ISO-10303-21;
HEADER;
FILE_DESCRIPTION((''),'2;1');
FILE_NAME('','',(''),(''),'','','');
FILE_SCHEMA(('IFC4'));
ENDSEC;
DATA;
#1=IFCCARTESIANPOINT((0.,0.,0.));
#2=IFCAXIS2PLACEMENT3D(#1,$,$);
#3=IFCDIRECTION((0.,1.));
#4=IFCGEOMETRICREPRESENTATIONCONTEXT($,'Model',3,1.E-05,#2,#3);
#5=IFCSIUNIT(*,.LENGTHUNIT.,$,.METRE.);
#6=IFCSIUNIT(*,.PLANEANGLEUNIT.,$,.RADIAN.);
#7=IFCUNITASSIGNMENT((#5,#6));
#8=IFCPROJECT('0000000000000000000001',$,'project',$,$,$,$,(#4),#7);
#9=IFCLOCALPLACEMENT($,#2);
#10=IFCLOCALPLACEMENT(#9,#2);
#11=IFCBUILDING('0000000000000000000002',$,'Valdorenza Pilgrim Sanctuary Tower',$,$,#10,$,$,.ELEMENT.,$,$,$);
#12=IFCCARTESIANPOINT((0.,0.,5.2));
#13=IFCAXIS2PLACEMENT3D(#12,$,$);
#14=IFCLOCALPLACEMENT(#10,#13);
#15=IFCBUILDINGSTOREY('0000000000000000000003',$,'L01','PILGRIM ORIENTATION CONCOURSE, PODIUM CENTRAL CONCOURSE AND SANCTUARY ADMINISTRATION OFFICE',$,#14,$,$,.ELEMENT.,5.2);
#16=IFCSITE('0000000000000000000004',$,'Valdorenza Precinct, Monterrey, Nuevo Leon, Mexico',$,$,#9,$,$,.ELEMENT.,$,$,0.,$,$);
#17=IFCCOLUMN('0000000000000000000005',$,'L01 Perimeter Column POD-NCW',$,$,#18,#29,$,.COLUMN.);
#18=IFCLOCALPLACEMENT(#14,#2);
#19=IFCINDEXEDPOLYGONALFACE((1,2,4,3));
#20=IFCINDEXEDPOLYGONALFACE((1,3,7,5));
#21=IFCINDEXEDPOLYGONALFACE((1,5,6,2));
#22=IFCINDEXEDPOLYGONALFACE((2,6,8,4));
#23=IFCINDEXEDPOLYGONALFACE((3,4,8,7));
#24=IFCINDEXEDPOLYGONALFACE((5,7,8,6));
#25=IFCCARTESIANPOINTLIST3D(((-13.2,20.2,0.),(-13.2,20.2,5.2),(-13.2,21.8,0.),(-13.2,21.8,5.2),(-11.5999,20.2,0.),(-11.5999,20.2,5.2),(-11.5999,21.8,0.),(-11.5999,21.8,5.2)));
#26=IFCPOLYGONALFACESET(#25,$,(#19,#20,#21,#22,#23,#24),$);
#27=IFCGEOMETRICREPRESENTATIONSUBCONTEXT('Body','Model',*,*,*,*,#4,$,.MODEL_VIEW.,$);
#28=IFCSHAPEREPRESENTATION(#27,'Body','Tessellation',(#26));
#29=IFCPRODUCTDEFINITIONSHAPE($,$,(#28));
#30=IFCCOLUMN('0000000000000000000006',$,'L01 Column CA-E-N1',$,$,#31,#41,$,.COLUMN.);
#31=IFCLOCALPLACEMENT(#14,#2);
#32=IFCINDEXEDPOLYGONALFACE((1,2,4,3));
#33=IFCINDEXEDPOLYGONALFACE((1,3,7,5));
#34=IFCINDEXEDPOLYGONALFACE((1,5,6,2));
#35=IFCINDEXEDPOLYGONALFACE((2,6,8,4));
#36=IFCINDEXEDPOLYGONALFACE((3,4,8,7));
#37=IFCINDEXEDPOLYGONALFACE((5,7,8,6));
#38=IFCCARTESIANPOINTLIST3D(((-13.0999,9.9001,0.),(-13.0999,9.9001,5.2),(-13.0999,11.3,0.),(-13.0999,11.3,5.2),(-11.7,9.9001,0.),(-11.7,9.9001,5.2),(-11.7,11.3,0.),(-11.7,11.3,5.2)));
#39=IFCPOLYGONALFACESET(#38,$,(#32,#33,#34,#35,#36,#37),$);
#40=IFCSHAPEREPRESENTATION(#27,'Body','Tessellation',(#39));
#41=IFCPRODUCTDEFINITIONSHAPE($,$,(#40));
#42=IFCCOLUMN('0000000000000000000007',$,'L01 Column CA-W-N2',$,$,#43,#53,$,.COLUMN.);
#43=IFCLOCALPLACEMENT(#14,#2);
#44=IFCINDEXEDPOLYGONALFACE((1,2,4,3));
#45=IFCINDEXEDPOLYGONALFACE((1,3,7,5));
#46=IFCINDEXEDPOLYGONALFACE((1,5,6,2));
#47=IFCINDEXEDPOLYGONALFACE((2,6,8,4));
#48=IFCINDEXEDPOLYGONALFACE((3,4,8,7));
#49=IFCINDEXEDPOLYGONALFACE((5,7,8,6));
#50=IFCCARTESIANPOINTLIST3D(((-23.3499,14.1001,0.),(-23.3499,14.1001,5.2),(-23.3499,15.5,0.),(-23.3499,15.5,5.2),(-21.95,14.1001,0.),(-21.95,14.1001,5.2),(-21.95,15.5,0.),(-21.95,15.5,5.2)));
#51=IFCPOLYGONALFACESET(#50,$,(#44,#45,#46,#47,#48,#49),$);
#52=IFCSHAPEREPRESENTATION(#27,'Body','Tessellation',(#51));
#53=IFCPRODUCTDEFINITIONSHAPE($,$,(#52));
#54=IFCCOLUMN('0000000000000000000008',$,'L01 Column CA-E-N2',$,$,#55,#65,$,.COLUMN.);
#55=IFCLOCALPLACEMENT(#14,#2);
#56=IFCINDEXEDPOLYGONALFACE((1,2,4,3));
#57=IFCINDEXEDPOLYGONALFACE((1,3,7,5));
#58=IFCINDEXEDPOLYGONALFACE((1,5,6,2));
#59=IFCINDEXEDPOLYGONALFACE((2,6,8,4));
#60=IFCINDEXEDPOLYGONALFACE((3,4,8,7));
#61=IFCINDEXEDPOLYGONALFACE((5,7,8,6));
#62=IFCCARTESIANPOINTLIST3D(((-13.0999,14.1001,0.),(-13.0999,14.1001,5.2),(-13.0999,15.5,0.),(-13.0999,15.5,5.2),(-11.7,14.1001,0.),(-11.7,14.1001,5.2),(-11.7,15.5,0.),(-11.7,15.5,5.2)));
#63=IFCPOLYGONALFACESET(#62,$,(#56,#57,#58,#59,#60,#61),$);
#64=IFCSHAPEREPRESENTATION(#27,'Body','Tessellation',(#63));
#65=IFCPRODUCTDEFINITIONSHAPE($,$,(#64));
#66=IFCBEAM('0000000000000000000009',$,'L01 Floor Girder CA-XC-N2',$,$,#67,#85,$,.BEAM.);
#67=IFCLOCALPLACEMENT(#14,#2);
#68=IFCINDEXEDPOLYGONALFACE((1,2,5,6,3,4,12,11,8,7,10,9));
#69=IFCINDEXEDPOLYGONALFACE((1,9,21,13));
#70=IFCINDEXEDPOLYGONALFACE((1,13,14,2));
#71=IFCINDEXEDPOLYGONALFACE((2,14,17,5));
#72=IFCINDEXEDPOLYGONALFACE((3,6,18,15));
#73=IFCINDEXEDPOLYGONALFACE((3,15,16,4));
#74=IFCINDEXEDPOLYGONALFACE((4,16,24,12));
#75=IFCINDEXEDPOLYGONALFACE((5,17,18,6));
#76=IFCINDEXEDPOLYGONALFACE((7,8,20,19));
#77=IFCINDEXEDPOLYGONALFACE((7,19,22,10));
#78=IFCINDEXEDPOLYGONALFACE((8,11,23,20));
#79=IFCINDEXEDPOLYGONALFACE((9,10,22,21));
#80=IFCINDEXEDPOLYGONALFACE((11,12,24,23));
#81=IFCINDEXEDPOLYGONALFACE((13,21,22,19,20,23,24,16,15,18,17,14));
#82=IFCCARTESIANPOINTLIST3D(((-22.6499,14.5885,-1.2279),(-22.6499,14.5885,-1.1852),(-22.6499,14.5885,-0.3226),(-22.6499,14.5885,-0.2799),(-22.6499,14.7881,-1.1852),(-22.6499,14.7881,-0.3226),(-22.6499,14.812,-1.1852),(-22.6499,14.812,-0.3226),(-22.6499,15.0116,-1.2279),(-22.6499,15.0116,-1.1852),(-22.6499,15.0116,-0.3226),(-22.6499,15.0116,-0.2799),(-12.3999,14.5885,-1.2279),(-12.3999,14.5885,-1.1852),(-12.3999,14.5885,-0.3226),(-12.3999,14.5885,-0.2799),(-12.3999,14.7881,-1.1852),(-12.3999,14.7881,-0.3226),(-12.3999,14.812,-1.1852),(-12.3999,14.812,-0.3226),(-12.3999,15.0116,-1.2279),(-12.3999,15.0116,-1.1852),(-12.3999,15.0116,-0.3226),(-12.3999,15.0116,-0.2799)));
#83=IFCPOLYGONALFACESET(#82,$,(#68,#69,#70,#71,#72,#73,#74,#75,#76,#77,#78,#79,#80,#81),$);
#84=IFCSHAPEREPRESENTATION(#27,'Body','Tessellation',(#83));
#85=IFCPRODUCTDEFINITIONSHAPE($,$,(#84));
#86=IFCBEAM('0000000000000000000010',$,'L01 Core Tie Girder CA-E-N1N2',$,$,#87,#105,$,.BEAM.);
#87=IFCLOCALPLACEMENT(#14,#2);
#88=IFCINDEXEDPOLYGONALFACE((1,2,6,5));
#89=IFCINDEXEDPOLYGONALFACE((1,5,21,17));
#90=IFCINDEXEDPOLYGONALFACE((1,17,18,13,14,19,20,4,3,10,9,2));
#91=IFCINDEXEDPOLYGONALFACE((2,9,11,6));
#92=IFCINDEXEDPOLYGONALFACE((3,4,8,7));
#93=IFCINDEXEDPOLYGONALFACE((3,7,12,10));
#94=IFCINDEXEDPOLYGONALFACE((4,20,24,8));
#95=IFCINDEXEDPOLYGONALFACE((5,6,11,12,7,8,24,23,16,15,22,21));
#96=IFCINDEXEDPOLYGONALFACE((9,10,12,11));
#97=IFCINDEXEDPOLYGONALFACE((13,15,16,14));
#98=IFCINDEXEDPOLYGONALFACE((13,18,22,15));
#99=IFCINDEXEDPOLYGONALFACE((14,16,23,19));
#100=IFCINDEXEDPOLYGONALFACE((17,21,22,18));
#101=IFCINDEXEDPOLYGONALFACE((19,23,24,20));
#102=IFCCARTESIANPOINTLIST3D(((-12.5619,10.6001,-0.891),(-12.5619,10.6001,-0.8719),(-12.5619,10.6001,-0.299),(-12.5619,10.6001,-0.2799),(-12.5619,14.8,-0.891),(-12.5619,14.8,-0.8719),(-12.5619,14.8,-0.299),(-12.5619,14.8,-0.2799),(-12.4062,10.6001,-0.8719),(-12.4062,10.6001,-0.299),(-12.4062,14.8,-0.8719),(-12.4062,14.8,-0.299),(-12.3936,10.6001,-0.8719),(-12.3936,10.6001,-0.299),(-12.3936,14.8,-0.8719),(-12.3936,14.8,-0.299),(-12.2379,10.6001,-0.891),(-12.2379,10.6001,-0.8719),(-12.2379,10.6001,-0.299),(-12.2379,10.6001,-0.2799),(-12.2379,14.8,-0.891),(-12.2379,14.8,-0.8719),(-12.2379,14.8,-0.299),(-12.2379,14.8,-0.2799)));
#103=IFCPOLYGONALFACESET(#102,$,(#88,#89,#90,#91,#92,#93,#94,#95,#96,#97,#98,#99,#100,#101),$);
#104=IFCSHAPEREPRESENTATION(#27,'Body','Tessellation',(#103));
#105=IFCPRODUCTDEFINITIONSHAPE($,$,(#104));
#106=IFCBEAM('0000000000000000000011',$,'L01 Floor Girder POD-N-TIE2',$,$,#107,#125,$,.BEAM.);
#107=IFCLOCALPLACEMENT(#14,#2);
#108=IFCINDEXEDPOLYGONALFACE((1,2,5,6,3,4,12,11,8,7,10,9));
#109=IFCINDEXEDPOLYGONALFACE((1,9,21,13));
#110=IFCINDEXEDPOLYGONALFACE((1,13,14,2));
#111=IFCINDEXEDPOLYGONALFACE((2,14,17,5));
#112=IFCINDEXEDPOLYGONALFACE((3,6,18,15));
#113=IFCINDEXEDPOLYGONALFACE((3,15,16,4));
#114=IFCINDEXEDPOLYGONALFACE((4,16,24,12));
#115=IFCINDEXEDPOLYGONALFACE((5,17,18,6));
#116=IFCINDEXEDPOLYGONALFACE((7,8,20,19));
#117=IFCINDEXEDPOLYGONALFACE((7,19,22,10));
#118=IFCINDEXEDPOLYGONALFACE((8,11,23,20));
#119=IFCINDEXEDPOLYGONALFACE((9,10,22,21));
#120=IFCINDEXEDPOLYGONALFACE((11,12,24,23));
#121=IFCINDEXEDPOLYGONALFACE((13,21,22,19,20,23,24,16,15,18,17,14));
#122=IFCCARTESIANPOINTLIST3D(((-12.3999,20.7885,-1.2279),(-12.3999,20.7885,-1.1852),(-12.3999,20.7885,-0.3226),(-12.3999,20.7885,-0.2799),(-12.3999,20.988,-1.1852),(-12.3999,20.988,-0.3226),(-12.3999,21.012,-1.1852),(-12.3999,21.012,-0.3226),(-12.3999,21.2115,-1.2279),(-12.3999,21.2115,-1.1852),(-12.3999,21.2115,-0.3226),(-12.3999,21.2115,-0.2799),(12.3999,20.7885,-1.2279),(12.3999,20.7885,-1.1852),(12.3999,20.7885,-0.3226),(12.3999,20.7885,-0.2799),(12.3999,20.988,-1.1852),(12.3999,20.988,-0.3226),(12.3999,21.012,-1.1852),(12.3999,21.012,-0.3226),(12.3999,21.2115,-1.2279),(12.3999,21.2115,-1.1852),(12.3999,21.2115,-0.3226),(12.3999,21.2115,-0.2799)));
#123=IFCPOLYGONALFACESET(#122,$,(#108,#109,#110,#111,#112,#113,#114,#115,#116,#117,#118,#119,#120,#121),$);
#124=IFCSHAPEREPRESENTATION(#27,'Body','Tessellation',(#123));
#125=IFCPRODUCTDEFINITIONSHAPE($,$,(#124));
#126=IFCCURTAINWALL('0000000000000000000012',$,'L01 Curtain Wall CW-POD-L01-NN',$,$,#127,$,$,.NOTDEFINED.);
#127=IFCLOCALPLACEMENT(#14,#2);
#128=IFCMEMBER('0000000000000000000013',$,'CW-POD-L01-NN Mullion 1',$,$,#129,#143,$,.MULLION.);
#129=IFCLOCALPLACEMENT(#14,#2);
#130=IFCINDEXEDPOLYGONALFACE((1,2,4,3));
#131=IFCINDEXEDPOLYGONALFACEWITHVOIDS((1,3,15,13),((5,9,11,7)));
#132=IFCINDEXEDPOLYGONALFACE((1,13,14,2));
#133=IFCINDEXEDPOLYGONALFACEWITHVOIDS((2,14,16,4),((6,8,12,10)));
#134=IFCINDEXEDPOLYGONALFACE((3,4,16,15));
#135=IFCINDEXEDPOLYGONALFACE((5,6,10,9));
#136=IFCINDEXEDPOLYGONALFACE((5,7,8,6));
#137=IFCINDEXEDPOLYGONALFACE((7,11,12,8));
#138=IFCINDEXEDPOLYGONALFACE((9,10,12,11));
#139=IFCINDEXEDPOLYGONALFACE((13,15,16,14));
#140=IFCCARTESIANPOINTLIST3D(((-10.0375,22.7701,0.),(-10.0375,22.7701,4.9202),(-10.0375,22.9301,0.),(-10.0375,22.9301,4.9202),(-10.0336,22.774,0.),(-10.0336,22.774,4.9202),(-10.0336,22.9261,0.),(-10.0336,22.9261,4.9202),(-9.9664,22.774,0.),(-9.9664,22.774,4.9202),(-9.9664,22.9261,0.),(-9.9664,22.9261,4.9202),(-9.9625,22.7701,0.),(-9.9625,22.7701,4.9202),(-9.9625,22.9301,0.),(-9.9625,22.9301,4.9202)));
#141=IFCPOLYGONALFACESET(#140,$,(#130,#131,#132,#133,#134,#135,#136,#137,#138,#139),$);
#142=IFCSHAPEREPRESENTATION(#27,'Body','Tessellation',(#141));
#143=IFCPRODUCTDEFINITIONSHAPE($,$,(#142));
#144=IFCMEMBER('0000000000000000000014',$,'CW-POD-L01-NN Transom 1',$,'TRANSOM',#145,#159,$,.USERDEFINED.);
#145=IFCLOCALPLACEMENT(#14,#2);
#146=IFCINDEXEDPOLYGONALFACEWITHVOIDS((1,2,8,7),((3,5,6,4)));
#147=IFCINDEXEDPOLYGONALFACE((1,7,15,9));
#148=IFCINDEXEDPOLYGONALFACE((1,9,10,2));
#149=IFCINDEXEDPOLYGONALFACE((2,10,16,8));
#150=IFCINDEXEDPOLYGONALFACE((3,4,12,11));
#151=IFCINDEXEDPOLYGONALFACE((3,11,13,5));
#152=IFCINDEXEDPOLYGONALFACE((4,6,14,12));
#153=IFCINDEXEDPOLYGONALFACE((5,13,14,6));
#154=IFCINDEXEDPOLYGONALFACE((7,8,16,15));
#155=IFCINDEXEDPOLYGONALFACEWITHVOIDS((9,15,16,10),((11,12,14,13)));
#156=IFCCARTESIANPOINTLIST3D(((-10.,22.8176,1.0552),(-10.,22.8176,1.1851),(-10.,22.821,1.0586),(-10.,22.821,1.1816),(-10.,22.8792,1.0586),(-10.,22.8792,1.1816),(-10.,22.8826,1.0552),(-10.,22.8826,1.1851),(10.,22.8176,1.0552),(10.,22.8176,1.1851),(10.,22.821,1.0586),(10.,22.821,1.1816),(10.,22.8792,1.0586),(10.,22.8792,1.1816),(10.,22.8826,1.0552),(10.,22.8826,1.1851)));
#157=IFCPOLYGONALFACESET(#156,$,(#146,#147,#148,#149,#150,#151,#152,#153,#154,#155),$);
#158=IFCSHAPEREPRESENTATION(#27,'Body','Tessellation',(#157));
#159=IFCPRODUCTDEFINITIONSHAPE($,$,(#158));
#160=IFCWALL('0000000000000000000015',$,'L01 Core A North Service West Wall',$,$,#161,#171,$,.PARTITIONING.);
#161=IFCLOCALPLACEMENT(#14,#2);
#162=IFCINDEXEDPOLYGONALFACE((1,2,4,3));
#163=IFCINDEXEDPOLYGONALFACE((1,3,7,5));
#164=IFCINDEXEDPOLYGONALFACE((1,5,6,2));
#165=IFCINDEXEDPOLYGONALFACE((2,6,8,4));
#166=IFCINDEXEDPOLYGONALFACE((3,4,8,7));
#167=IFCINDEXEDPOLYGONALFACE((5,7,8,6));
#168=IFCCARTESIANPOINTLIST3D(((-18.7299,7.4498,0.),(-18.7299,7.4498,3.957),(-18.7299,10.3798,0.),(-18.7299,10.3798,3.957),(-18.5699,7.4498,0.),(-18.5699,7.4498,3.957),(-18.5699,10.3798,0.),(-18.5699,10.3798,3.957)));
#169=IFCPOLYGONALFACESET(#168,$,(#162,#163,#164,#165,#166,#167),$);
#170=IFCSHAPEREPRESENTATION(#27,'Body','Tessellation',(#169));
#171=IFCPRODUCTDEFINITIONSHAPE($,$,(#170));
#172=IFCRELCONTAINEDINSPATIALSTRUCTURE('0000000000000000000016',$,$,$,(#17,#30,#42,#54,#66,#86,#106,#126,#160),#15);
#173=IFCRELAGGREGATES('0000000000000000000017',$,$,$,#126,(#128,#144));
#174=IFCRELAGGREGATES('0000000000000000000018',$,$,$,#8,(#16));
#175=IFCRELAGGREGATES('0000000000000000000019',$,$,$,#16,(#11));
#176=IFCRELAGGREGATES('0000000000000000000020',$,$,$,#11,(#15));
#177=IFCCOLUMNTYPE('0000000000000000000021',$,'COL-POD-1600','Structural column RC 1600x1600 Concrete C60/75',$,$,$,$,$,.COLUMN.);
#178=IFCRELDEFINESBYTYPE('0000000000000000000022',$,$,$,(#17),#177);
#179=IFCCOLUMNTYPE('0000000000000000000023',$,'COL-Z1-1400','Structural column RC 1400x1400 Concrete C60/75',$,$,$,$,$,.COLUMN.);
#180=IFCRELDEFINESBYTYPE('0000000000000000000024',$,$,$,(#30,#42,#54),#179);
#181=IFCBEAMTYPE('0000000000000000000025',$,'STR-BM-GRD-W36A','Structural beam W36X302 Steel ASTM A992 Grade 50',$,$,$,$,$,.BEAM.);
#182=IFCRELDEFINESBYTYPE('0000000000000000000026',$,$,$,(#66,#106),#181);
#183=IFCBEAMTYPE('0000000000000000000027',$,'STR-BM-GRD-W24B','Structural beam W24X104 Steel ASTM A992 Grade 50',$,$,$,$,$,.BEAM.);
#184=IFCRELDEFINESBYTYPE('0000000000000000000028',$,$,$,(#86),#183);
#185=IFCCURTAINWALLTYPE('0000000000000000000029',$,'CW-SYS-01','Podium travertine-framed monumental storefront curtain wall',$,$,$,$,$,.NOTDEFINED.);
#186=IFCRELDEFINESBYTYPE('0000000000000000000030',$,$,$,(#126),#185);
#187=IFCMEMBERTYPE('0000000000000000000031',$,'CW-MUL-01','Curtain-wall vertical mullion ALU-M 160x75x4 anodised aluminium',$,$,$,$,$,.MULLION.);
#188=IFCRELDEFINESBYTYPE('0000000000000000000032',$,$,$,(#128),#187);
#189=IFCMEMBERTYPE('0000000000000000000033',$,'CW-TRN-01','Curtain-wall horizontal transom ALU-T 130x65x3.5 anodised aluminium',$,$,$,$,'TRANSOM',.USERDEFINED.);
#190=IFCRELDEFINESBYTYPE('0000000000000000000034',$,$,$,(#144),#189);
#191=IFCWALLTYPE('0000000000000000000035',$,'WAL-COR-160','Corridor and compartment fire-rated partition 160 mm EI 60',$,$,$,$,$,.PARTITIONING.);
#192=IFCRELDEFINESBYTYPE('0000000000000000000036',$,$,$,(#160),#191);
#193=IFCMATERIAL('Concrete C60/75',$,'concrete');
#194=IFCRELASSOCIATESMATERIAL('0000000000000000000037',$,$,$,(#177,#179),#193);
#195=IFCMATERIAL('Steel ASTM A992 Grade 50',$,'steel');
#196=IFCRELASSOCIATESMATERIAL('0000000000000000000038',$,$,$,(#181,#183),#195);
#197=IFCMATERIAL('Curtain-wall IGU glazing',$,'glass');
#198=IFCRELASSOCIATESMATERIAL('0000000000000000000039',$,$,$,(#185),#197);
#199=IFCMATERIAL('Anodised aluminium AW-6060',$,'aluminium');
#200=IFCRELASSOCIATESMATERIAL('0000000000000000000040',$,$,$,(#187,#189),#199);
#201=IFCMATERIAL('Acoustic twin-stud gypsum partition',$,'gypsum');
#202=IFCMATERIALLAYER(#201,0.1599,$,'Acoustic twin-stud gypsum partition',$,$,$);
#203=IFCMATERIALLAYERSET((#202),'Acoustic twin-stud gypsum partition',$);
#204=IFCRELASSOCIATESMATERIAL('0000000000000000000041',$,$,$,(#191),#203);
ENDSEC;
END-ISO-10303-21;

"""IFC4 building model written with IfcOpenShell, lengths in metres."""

from ifc_helpers import new_model, si_unit, direction, frame, frame_2d, origin, origin_2d, place, context, subcontext, project, spatial, rectangle, hollow_rectangle, i_section, extrude, source, transform, mapped, material, layer, layer_set, material_profile, profile_set, type_object, element, aggregate, save


model = new_model("IFC4")

# Units and contexts
model_context = context("Model", 3, precision=1e-05, world=origin(), true_north=direction((0.0, 1.0)))
body_context = subcontext(model_context, "Body", "Model", "MODEL_VIEW")
ifc_project = project(units=[si_unit("LENGTHUNIT", "METRE"), si_unit("PLANEANGLEUNIT", "RADIAN")], contexts=[model_context])

# Site, building, storey
site_placement = place(None, origin())
site = spatial("IfcSite", under=ifc_project, at=site_placement, Name="Valdorenza Precinct, Monterrey, Nuevo Leon, Mexico", CompositionType="ELEMENT", RefElevation=0.0)
building_placement = place(site_placement, origin())
building = spatial("IfcBuilding", under=site, at=building_placement, Name="Valdorenza Pilgrim Sanctuary Tower", CompositionType="ELEMENT")
storey_placement = place(building_placement, frame((0.0, 0.0, 5.2)))
storey = spatial("IfcBuildingStorey", under=building, at=storey_placement, Name="L01", Description="PILGRIM ORIENTATION CONCOURSE, PODIUM CENTRAL CONCOURSE AND SANCTUARY ADMINISTRATION OFFICE", CompositionType="ELEMENT", Elevation=5.2)

# Columns
ifc_material_1 = material(Name="Concrete C60/75", Category="concrete")
ifc_material_profile_1 = material_profile(ifc_material_1, rectangle(XDim=1.6001, YDim=1.6001, at=origin_2d()), Name="RC 1600x1600")
ifc_profile_set_1 = profile_set([ifc_material_profile_1], Name="Concrete C60/75")
column_type_1 = type_object("IfcColumnType", Name="COL-POD-1600", Description="Structural column RC 1600x1600 Concrete C60/75", PredefinedType="COLUMN", material=ifc_profile_set_1)
shared_shape_1 = source(origin(), body_context, "Body", "SweptSolid", [
    extrude(rectangle(XDim=1.6001, YDim=1.6001, at=origin_2d()), origin(), (0.0, 0.0, 1.0), 5.2),
])
column_placement = place(storey_placement, frame((-12.3999, 21.0, 0.0), z_axis=(0.0, 0.0, 1.0), x_axis=(1.0, 0.0, 0.0)))
element("IfcColumn", 1, at=column_placement, inside=storey, type_object=column_type_1, Name="L01 Perimeter Column POD-NCW", PredefinedType="COLUMN", context=body_context, shape_type="MappedRepresentation", body=[
    mapped(shared_shape_1, transform((0.0, 0.0, 0.0), x_axis=(1.0, 0.0, 0.0), y_axis=(0.0, 1.0, 0.0), z_axis=(0.0, 0.0, 1.0), scale=1.0)),
])
ifc_material_profile_2 = material_profile(ifc_material_1, rectangle(XDim=1.3999, YDim=1.3999, at=origin_2d()), Name="RC 1400x1400")
ifc_profile_set_2 = profile_set([ifc_material_profile_2], Name="Concrete C60/75")
column_type_2 = type_object("IfcColumnType", Name="COL-Z1-1400", Description="Structural column RC 1400x1400 Concrete C60/75", PredefinedType="COLUMN", material=ifc_profile_set_2)
shared_shape_2 = source(origin(), body_context, "Body", "SweptSolid", [
    extrude(rectangle(XDim=1.3999, YDim=1.3999, at=origin_2d()), origin(), (0.0, 0.0, 1.0), 5.2),
])
for number, where, z_axis, x_axis, name in (
    (2, (-12.3999, 10.6001, 0.0), (0.0, 0.0, 1.0), (1.0, 0.0, 0.0), "L01 Column CA-E-N1"),
    (3, (-22.6499, 14.8, 0.0), (0.0, 0.0, 1.0), (1.0, 0.0, 0.0), "L01 Column CA-W-N2"),
    (4, (-12.3999, 14.8, 0.0), (0.0, 0.0, 1.0), (1.0, 0.0, 0.0), "L01 Column CA-E-N2"),
):
    element("IfcColumn", number, at=place(storey_placement, frame(where, z_axis=z_axis, x_axis=x_axis)), inside=storey, type_object=column_type_2, Name=name, PredefinedType="COLUMN", context=body_context, shape_type="MappedRepresentation", body=[
        mapped(shared_shape_2, transform((0.0, 0.0, 0.0), x_axis=(1.0, 0.0, 0.0), y_axis=(0.0, 1.0, 0.0), z_axis=(0.0, 0.0, 1.0), scale=1.0)),
    ])

# Beams
ifc_material_2 = material(Name="Steel ASTM A992 Grade 50", Category="steel")
ifc_material_profile_3 = material_profile(ifc_material_2, i_section(OverallWidth=0.4231, OverallDepth=0.948, WebThickness=0.0239, FlangeThickness=0.0427, at=origin_2d()), Name="W36X302")
ifc_profile_set_3 = profile_set([ifc_material_profile_3], Name="Steel ASTM A992 Grade 50")
beam_type_1 = type_object("IfcBeamType", Name="STR-BM-GRD-W36A", Description="Structural beam W36X302 Steel ASTM A992 Grade 50", PredefinedType="BEAM", material=ifc_profile_set_3)
shared_shape_3 = source(origin(), body_context, "Body", "SweptSolid", [
    extrude(i_section(OverallWidth=0.4231, OverallDepth=0.948, WebThickness=0.0239, FlangeThickness=0.0427, at=origin_2d()), origin(), (0.0, 0.0, 1.0), 10.25),
])
beam_1_placement = place(storey_placement, frame((-22.6499, 14.8, -0.7539), z_axis=(1.0, 0.0, 0.0), x_axis=(0.0, 1.0, 0.0)))
element("IfcBeam", 5, at=beam_1_placement, inside=storey, type_object=beam_type_1, Name="L01 Floor Girder CA-XC-N2", PredefinedType="BEAM", context=body_context, shape_type="MappedRepresentation", body=[
    mapped(shared_shape_3, transform((0.0, 0.0, 0.0), x_axis=(1.0, 0.0, 0.0), y_axis=(0.0, 1.0, 0.0), z_axis=(0.0, 0.0, 1.0), scale=1.0)),
])
ifc_material_profile_4 = material_profile(ifc_material_2, i_section(OverallWidth=0.324, OverallDepth=0.6111, WebThickness=0.0127, FlangeThickness=0.019, at=origin_2d()), Name="W24X104")
ifc_profile_set_4 = profile_set([ifc_material_profile_4], Name="Steel ASTM A992 Grade 50")
beam_type_2 = type_object("IfcBeamType", Name="STR-BM-GRD-W24B", Description="Structural beam W24X104 Steel ASTM A992 Grade 50", PredefinedType="BEAM", material=ifc_profile_set_4)
shared_shape_4 = source(origin(), body_context, "Body", "SweptSolid", [
    extrude(i_section(OverallWidth=0.324, OverallDepth=0.6111, WebThickness=0.0127, FlangeThickness=0.019, at=origin_2d()), origin(), (0.0, 0.0, 1.0), 4.2),
])
beam_2_placement = place(storey_placement, frame((-12.3999, 10.6001, -0.5854), z_axis=(0.0, 1.0, 0.0), x_axis=(-1.0, 0.0, 0.0)))
element("IfcBeam", 6, at=beam_2_placement, inside=storey, type_object=beam_type_2, Name="L01 Core Tie Girder CA-E-N1N2", PredefinedType="BEAM", context=body_context, shape_type="MappedRepresentation", body=[
    mapped(shared_shape_4, transform((0.0, 0.0, 0.0), x_axis=(1.0, 0.0, 0.0), y_axis=(0.0, 1.0, 0.0), z_axis=(0.0, 0.0, 1.0), scale=1.0)),
])
shared_shape_5 = source(origin(), body_context, "Body", "SweptSolid", [
    extrude(i_section(OverallWidth=0.4231, OverallDepth=0.948, WebThickness=0.0239, FlangeThickness=0.0427, at=origin_2d()), origin(), (0.0, 0.0, 1.0), 24.7998),
])
beam_3_placement = place(storey_placement, frame((-12.3999, 21.0, -0.7539), z_axis=(1.0, 0.0, 0.0), x_axis=(0.0, 1.0, 0.0)))
element("IfcBeam", 7, at=beam_3_placement, inside=storey, type_object=beam_type_1, Name="L01 Floor Girder POD-N-TIE2", PredefinedType="BEAM", context=body_context, shape_type="MappedRepresentation", body=[
    mapped(shared_shape_5, transform((0.0, 0.0, 0.0), x_axis=(1.0, 0.0, 0.0), y_axis=(0.0, 1.0, 0.0), z_axis=(0.0, 0.0, 1.0), scale=1.0)),
])

# Curtain wall, members
ifc_material_3 = material(Name="Curtain-wall IGU glazing", Category="glass")
curtain_wall_type = type_object("IfcCurtainWallType", Name="CW-SYS-01", Description="Podium travertine-framed monumental storefront curtain wall", PredefinedType="NOTDEFINED", material=ifc_material_3)
curtain_wall_placement = place(storey_placement, origin())
curtain_wall = element("IfcCurtainWall", 8, at=curtain_wall_placement, inside=storey, type_object=curtain_wall_type, Name="L01 Curtain Wall CW-POD-L01-NN", PredefinedType="NOTDEFINED")
ifc_material_4 = material(Name="Anodised aluminium AW-6060", Category="aluminium")
ifc_material_profile_5 = material_profile(ifc_material_4, hollow_rectangle(XDim=0.075, YDim=0.1599, WallThickness=0.0039, at=origin_2d()), Name="ALU-M 160x75x4")
ifc_profile_set_5 = profile_set([ifc_material_profile_5], Name="Anodised aluminium AW-6060")
member_type_1 = type_object("IfcMemberType", Name="CW-MUL-01", Description="Curtain-wall vertical mullion ALU-M 160x75x4 anodised aluminium", PredefinedType="MULLION", material=ifc_profile_set_5)
shared_shape_6 = source(origin(), body_context, "Body", "SweptSolid", [
    extrude(hollow_rectangle(XDim=0.075, YDim=0.1599, WallThickness=0.0039, at=origin_2d()), origin(), (0.0, 0.0, 1.0), 4.9202),
])
member_1_placement = place(storey_placement, frame((-10.0, 22.8501, 0.0), z_axis=(0.0, 0.0, 1.0), x_axis=(1.0, 0.0, 0.0)))
member_1 = element("IfcMember", 9, at=member_1_placement, type_object=member_type_1, Name="CW-POD-L01-NN Mullion 1", PredefinedType="MULLION", context=body_context, shape_type="MappedRepresentation", body=[
    mapped(shared_shape_6, transform((0.0, 0.0, 0.0), x_axis=(1.0, 0.0, 0.0), y_axis=(0.0, 1.0, 0.0), z_axis=(0.0, 0.0, 1.0), scale=1.0)),
])
ifc_material_profile_6 = material_profile(ifc_material_4, hollow_rectangle(XDim=0.0649, YDim=0.1299, WallThickness=0.0034, at=origin_2d()), Name="ALU-T 130x65x3.5")
ifc_profile_set_6 = profile_set([ifc_material_profile_6], Name="Anodised aluminium AW-6060")
member_type_2 = type_object("IfcMemberType", Name="CW-TRN-01", Description="Curtain-wall horizontal transom ALU-T 130x65x3.5 anodised aluminium", ElementType="TRANSOM", PredefinedType="USERDEFINED", material=ifc_profile_set_6)
shared_shape_7 = source(origin(), body_context, "Body", "SweptSolid", [
    extrude(hollow_rectangle(XDim=0.0649, YDim=0.1299, WallThickness=0.0034, at=origin_2d()), origin(), (0.0, 0.0, 1.0), 20.0),
])
member_2_placement = place(storey_placement, frame((-10.0, 22.8501, 1.1201), z_axis=(1.0, 0.0, 0.0), x_axis=(0.0, 1.0, 0.0)))
member_2 = element("IfcMember", 10, at=member_2_placement, type_object=member_type_2, Name="CW-POD-L01-NN Transom 1", ObjectType="TRANSOM", PredefinedType="USERDEFINED", context=body_context, shape_type="MappedRepresentation", body=[
    mapped(shared_shape_7, transform((0.0, 0.0, 0.0), x_axis=(1.0, 0.0, 0.0), y_axis=(0.0, 1.0, 0.0), z_axis=(0.0, 0.0, 1.0), scale=1.0)),
])
aggregate(curtain_wall, [member_1, member_2])

# Wall
ifc_material_5 = material(Name="Acoustic twin-stud gypsum partition", Category="gypsum")
ifc_layer_1 = layer(ifc_material_5, 0.1599, Name="Acoustic twin-stud gypsum partition")
ifc_layer_set_1 = layer_set([ifc_layer_1], Name="Acoustic twin-stud gypsum partition")
wall_type_1 = type_object("IfcWallType", Name="WAL-COR-160", Description="Corridor and compartment fire-rated partition 160 mm EI 60", PredefinedType="PARTITIONING", material=ifc_layer_set_1)
wall_1_placement = place(storey_placement, frame((-18.6499, 7.45, 0.0), z_axis=(0.0, 0.0, 1.0), x_axis=(0.0, 1.0, 0.0)))
element("IfcWall", 11, at=wall_1_placement, inside=storey, type_object=wall_type_1, Name="L01 Core A North Service West Wall", PredefinedType="PARTITIONING", context=body_context, shape_type="SweptSolid", body=[
    extrude(rectangle(XDim=2.9299, YDim=0.1599, at=frame_2d((1.4648, 0.0))), origin(), (0.0, 0.0, 1.0), 3.957),
])

save(model, "model.ifc")
